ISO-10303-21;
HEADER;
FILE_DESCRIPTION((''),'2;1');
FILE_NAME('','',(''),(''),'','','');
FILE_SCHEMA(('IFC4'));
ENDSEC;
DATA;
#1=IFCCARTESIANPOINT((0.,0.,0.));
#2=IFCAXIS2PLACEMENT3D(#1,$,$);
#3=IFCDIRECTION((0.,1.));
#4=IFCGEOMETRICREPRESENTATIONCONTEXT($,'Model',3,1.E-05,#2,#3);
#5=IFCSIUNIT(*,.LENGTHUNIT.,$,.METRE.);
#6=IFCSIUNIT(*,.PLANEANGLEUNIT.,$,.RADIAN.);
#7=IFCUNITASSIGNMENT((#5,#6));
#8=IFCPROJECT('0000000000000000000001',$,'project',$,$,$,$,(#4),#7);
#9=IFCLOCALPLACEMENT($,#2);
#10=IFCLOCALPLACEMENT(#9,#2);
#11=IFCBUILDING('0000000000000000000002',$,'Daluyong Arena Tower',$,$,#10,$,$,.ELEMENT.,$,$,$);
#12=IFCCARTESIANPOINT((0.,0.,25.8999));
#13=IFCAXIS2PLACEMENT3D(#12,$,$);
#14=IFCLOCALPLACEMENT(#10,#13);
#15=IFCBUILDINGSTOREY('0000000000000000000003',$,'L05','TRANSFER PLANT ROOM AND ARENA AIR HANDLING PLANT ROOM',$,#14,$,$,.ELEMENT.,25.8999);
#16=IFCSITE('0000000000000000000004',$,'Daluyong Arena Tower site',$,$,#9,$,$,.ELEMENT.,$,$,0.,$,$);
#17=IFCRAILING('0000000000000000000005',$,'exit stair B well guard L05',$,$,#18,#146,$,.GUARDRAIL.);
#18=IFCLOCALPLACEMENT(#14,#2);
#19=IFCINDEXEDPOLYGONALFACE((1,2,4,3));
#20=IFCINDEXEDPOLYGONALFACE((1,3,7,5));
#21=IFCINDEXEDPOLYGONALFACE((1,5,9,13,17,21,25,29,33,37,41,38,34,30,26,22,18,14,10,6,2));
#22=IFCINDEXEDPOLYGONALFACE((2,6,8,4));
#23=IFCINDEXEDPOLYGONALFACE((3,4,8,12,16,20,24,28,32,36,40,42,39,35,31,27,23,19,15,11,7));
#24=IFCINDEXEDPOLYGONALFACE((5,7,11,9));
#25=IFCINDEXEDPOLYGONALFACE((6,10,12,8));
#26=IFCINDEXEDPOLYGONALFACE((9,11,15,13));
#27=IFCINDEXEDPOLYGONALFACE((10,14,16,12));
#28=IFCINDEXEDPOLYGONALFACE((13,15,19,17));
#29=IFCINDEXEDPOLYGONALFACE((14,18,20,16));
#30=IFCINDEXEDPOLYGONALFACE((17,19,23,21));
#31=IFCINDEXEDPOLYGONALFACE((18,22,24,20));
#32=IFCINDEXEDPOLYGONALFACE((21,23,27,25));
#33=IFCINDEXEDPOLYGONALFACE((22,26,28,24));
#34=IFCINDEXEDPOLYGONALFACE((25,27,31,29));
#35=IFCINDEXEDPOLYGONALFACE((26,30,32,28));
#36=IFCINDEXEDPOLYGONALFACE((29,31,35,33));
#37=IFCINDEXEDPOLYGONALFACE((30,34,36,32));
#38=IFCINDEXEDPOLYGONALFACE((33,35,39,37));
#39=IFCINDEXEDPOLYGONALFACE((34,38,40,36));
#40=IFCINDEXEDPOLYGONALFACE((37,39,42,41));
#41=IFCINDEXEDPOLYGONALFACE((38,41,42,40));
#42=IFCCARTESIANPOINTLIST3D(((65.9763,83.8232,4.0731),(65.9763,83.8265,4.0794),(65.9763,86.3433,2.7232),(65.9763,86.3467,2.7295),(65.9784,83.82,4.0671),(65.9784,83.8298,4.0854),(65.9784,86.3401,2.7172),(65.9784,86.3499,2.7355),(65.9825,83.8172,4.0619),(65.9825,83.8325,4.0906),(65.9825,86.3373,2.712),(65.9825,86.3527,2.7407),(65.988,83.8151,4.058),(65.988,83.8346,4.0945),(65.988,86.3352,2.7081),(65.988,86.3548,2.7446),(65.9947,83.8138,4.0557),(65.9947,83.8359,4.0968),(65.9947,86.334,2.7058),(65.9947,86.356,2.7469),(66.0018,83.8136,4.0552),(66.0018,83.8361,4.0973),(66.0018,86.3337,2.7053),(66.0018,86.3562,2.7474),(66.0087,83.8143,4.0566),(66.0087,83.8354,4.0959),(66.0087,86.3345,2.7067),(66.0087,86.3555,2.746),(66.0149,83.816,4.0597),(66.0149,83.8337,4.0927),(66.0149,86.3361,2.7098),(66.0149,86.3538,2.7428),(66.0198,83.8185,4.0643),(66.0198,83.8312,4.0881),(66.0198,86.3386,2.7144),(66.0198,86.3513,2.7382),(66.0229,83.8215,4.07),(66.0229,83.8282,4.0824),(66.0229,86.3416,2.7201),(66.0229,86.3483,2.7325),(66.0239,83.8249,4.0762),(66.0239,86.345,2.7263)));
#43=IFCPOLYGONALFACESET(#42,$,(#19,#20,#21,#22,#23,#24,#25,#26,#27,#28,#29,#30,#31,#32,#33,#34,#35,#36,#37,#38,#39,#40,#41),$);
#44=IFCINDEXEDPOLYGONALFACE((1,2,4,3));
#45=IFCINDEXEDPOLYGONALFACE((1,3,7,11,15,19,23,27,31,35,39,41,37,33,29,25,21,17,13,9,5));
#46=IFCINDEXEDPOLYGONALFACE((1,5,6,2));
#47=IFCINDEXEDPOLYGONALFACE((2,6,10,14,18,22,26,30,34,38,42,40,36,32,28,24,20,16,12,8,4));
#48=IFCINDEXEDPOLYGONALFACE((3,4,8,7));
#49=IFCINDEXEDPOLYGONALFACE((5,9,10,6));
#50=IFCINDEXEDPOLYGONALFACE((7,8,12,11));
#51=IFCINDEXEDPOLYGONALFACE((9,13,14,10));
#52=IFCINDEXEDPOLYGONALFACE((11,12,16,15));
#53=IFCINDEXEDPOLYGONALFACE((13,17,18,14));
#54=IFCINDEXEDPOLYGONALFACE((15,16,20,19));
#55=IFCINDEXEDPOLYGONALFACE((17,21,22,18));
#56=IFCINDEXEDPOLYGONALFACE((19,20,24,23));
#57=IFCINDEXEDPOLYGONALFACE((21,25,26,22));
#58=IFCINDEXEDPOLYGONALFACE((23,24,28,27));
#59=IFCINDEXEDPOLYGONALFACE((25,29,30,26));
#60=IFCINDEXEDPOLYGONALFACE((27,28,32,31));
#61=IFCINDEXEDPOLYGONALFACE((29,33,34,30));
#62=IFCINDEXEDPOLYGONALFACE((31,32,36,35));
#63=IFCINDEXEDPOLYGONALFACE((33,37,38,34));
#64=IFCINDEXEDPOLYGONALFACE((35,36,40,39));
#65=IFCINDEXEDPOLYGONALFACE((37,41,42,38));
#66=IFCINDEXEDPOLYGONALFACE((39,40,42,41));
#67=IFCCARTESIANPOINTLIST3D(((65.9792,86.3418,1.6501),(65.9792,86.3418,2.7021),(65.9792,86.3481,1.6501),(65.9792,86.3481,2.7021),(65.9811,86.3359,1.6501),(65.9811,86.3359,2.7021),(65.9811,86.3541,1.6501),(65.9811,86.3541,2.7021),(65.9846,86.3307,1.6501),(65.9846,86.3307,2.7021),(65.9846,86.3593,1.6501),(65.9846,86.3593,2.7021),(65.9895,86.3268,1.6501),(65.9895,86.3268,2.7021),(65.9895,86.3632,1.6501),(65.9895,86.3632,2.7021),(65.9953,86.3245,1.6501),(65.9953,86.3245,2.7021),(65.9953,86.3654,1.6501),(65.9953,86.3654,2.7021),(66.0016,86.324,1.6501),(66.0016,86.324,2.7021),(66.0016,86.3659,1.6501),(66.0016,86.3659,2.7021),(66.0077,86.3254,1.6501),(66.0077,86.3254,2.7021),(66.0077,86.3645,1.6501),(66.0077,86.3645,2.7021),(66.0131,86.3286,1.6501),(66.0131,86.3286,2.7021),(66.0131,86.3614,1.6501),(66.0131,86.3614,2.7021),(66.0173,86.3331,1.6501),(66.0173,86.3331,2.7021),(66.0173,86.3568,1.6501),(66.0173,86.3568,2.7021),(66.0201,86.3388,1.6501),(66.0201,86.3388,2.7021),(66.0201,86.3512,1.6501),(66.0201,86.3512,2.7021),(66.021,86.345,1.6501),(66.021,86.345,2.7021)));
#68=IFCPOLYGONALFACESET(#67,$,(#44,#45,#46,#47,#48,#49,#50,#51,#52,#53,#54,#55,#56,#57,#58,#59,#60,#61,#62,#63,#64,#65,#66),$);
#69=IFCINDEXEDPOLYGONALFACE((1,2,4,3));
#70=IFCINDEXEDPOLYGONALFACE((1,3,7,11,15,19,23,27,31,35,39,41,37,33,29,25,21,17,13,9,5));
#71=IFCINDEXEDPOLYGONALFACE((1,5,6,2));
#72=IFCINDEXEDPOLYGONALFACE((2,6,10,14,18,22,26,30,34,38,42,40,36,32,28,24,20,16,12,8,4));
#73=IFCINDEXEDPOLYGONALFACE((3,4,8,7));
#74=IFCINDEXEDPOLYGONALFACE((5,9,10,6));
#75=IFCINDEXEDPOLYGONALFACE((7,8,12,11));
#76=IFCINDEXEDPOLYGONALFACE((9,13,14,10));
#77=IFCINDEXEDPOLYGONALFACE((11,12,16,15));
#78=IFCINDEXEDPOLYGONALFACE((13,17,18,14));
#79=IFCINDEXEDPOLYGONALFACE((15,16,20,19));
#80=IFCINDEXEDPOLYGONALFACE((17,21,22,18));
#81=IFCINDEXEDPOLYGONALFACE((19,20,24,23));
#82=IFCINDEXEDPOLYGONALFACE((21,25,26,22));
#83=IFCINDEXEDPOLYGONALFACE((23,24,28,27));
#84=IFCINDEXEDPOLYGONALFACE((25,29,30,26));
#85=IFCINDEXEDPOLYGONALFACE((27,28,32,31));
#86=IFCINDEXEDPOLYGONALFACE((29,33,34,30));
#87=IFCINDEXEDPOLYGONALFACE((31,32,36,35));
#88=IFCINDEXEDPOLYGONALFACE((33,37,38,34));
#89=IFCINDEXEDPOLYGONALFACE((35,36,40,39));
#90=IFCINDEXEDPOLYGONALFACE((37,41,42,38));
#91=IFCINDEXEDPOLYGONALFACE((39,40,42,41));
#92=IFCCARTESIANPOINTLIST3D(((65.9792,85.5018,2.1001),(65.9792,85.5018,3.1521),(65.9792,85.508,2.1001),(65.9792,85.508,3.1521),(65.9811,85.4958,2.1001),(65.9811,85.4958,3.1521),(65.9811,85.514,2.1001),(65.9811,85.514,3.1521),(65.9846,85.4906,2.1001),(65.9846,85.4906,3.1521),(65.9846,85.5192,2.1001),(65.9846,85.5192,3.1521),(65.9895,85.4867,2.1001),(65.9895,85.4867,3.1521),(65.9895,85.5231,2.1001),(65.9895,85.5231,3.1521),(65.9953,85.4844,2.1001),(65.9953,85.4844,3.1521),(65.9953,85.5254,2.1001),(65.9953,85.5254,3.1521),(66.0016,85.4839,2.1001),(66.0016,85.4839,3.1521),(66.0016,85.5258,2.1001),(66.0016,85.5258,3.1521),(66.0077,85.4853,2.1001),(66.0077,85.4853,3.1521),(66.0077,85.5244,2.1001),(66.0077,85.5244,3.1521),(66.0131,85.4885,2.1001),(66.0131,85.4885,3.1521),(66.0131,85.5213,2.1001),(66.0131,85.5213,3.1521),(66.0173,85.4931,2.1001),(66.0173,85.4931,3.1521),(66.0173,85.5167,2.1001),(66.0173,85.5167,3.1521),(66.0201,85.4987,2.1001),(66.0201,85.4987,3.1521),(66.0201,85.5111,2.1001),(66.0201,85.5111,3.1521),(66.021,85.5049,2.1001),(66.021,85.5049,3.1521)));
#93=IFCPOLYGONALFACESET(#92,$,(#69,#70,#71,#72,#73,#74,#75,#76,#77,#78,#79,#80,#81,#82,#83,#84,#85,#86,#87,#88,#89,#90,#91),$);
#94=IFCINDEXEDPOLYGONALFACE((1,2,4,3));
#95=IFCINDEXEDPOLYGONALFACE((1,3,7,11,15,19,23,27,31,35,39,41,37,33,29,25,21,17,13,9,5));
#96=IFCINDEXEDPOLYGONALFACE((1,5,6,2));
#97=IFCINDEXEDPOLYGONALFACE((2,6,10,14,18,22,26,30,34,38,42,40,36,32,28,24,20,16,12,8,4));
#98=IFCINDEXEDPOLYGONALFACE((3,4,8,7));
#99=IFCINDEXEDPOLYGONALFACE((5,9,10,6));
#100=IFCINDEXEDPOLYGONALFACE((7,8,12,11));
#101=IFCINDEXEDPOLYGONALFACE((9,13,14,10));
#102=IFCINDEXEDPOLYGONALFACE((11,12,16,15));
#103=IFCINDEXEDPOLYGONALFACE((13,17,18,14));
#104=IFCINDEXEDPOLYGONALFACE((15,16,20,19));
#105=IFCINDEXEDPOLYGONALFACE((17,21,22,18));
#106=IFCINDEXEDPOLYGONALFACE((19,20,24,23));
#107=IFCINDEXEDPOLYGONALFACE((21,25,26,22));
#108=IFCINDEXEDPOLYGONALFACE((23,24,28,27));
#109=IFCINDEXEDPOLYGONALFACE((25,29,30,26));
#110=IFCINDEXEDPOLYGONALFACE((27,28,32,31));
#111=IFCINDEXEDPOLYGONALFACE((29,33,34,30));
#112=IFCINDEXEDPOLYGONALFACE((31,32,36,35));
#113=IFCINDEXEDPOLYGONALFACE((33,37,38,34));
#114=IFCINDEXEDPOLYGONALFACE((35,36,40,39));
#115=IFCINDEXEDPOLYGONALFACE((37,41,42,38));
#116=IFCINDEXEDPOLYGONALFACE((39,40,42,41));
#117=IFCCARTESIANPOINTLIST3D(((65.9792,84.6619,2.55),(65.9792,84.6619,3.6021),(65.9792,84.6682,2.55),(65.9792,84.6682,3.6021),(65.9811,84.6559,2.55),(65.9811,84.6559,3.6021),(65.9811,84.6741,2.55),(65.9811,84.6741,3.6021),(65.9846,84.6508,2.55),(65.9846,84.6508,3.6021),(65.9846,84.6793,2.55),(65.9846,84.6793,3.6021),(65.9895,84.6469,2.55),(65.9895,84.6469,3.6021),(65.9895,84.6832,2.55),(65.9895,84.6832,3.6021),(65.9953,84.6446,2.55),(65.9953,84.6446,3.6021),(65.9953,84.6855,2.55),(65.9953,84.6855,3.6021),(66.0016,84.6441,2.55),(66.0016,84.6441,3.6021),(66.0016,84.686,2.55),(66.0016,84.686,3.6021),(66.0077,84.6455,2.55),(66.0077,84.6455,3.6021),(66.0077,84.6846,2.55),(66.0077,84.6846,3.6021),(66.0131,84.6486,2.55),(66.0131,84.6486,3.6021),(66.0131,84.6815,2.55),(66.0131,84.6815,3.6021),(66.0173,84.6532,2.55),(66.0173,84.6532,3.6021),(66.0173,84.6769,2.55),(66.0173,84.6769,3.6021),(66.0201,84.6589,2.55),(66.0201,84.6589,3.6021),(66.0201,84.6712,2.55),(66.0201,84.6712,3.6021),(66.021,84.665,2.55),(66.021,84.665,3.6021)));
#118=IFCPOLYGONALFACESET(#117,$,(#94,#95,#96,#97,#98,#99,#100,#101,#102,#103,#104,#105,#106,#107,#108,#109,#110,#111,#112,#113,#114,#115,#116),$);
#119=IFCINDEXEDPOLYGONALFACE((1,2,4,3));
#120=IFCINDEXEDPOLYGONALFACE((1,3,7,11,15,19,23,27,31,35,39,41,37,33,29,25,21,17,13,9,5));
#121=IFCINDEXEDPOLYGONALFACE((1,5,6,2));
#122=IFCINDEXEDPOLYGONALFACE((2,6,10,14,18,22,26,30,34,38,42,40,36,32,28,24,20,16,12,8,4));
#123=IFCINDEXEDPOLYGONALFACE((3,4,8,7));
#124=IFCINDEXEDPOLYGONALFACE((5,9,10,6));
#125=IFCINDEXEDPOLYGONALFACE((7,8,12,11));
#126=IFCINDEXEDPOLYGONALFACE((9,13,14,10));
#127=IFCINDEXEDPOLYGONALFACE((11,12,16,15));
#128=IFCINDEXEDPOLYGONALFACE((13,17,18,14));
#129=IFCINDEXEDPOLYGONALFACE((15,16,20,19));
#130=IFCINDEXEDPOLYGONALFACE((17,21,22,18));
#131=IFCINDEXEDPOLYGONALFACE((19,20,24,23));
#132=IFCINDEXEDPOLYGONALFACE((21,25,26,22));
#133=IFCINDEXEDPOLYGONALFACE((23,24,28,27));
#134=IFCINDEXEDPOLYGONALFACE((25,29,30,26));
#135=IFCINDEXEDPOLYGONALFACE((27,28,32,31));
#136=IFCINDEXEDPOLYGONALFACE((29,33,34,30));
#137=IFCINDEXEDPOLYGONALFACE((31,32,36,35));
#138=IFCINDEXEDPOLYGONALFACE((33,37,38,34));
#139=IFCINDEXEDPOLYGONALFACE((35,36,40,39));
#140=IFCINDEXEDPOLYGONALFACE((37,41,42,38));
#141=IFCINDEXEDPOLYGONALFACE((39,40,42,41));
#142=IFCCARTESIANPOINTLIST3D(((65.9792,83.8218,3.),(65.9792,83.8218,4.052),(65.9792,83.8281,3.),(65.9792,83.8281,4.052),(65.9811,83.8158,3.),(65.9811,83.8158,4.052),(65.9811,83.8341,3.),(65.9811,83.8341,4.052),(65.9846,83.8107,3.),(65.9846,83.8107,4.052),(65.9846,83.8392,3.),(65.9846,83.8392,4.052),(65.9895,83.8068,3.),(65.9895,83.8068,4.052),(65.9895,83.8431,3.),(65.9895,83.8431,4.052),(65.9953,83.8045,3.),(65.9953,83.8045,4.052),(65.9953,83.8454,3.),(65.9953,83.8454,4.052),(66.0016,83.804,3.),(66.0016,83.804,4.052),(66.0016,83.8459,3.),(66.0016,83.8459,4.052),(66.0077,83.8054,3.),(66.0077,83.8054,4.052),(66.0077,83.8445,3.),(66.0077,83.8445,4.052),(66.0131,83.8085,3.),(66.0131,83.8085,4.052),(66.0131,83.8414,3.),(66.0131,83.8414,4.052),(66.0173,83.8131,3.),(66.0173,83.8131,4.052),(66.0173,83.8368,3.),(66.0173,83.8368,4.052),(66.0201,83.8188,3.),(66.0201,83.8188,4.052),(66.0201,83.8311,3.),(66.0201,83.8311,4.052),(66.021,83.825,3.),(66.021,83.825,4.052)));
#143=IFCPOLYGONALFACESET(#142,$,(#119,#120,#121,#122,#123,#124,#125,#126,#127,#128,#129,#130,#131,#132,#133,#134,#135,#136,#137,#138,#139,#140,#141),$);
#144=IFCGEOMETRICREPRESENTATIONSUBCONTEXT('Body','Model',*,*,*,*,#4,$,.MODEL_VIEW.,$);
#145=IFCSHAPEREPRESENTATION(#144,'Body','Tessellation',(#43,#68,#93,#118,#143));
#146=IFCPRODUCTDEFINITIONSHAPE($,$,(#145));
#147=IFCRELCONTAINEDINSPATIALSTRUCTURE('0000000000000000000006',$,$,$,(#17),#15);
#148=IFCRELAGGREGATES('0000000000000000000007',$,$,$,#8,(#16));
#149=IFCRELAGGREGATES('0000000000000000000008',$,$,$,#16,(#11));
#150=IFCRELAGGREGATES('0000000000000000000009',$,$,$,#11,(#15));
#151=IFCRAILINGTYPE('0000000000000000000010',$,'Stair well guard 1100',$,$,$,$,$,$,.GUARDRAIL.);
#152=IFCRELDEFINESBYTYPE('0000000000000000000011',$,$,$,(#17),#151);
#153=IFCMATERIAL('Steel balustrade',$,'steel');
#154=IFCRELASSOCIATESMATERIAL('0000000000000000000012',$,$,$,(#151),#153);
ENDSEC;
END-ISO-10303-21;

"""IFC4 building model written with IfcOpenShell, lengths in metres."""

from ifc_helpers import new_model, si_unit, direction, frame, origin, origin_2d, place, context, subcontext, project, spatial, circle, extrude, material, type_object, element, save


model = new_model("IFC4")

# Units and contexts
model_context = context("Model", 3, precision=1e-05, world=origin(), true_north=direction((0.0, 1.0)))
body_context = subcontext(model_context, "Body", "Model", "MODEL_VIEW")
ifc_project = project(units=[si_unit("LENGTHUNIT", "METRE"), si_unit("PLANEANGLEUNIT", "RADIAN")], contexts=[model_context])

# Site, building, storey
site_placement = place(None, origin())
site = spatial("IfcSite", under=ifc_project, at=site_placement, Name="Daluyong Arena Tower site", CompositionType="ELEMENT", RefElevation=0.0)
building_placement = place(site_placement, origin())
building = spatial("IfcBuilding", under=site, at=building_placement, Name="Daluyong Arena Tower", CompositionType="ELEMENT")
storey_placement = place(building_placement, frame((0.0, 0.0, 25.8999)))
storey = spatial("IfcBuildingStorey", under=building, at=storey_placement, Name="L05", Description="TRANSFER PLANT ROOM AND ARENA AIR HANDLING PLANT ROOM", CompositionType="ELEMENT", Elevation=25.8999)

# Railing
ifc_material_1 = material(Name="Steel balustrade", Category="steel")
railing_type_1 = type_object("IfcRailingType", Name="Stair well guard 1100", PredefinedType="GUARDRAIL", material=ifc_material_1)
railing_1_placement = place(storey_placement, frame((66.0, 86.345, 1.6501)))
element("IfcRailing", 1, at=railing_1_placement, inside=storey, type_object=railing_type_1, Name="exit stair B well guard L05", PredefinedType="GUARDRAIL", context=body_context, shape_type="SweptSolid", body=[
    extrude(circle(Radius=0.0239, at=origin_2d()), frame((0.0, 0.0, 1.0762), z_axis=(0.0, -0.881503, 0.472179), x_axis=(1.0, 0.0, 0.0)), (0.0, 0.0, 1.0), 2.8589),
    extrude(circle(Radius=0.021, at=origin_2d()), origin(), (0.0, 0.0, 1.0), 1.052),
    extrude(circle(Radius=0.021, at=origin_2d()), frame((0.0, -0.8401, 0.45)), (0.0, 0.0, 1.0), 1.052),
    extrude(circle(Radius=0.021, at=origin_2d()), frame((0.0, -1.6799, 0.8999)), (0.0, 0.0, 1.0), 1.052),
    extrude(circle(Radius=0.021, at=origin_2d()), frame((0.0, -2.52, 1.3499)), (0.0, 0.0, 1.0), 1.052),
])

save(model, "model.ifc")
